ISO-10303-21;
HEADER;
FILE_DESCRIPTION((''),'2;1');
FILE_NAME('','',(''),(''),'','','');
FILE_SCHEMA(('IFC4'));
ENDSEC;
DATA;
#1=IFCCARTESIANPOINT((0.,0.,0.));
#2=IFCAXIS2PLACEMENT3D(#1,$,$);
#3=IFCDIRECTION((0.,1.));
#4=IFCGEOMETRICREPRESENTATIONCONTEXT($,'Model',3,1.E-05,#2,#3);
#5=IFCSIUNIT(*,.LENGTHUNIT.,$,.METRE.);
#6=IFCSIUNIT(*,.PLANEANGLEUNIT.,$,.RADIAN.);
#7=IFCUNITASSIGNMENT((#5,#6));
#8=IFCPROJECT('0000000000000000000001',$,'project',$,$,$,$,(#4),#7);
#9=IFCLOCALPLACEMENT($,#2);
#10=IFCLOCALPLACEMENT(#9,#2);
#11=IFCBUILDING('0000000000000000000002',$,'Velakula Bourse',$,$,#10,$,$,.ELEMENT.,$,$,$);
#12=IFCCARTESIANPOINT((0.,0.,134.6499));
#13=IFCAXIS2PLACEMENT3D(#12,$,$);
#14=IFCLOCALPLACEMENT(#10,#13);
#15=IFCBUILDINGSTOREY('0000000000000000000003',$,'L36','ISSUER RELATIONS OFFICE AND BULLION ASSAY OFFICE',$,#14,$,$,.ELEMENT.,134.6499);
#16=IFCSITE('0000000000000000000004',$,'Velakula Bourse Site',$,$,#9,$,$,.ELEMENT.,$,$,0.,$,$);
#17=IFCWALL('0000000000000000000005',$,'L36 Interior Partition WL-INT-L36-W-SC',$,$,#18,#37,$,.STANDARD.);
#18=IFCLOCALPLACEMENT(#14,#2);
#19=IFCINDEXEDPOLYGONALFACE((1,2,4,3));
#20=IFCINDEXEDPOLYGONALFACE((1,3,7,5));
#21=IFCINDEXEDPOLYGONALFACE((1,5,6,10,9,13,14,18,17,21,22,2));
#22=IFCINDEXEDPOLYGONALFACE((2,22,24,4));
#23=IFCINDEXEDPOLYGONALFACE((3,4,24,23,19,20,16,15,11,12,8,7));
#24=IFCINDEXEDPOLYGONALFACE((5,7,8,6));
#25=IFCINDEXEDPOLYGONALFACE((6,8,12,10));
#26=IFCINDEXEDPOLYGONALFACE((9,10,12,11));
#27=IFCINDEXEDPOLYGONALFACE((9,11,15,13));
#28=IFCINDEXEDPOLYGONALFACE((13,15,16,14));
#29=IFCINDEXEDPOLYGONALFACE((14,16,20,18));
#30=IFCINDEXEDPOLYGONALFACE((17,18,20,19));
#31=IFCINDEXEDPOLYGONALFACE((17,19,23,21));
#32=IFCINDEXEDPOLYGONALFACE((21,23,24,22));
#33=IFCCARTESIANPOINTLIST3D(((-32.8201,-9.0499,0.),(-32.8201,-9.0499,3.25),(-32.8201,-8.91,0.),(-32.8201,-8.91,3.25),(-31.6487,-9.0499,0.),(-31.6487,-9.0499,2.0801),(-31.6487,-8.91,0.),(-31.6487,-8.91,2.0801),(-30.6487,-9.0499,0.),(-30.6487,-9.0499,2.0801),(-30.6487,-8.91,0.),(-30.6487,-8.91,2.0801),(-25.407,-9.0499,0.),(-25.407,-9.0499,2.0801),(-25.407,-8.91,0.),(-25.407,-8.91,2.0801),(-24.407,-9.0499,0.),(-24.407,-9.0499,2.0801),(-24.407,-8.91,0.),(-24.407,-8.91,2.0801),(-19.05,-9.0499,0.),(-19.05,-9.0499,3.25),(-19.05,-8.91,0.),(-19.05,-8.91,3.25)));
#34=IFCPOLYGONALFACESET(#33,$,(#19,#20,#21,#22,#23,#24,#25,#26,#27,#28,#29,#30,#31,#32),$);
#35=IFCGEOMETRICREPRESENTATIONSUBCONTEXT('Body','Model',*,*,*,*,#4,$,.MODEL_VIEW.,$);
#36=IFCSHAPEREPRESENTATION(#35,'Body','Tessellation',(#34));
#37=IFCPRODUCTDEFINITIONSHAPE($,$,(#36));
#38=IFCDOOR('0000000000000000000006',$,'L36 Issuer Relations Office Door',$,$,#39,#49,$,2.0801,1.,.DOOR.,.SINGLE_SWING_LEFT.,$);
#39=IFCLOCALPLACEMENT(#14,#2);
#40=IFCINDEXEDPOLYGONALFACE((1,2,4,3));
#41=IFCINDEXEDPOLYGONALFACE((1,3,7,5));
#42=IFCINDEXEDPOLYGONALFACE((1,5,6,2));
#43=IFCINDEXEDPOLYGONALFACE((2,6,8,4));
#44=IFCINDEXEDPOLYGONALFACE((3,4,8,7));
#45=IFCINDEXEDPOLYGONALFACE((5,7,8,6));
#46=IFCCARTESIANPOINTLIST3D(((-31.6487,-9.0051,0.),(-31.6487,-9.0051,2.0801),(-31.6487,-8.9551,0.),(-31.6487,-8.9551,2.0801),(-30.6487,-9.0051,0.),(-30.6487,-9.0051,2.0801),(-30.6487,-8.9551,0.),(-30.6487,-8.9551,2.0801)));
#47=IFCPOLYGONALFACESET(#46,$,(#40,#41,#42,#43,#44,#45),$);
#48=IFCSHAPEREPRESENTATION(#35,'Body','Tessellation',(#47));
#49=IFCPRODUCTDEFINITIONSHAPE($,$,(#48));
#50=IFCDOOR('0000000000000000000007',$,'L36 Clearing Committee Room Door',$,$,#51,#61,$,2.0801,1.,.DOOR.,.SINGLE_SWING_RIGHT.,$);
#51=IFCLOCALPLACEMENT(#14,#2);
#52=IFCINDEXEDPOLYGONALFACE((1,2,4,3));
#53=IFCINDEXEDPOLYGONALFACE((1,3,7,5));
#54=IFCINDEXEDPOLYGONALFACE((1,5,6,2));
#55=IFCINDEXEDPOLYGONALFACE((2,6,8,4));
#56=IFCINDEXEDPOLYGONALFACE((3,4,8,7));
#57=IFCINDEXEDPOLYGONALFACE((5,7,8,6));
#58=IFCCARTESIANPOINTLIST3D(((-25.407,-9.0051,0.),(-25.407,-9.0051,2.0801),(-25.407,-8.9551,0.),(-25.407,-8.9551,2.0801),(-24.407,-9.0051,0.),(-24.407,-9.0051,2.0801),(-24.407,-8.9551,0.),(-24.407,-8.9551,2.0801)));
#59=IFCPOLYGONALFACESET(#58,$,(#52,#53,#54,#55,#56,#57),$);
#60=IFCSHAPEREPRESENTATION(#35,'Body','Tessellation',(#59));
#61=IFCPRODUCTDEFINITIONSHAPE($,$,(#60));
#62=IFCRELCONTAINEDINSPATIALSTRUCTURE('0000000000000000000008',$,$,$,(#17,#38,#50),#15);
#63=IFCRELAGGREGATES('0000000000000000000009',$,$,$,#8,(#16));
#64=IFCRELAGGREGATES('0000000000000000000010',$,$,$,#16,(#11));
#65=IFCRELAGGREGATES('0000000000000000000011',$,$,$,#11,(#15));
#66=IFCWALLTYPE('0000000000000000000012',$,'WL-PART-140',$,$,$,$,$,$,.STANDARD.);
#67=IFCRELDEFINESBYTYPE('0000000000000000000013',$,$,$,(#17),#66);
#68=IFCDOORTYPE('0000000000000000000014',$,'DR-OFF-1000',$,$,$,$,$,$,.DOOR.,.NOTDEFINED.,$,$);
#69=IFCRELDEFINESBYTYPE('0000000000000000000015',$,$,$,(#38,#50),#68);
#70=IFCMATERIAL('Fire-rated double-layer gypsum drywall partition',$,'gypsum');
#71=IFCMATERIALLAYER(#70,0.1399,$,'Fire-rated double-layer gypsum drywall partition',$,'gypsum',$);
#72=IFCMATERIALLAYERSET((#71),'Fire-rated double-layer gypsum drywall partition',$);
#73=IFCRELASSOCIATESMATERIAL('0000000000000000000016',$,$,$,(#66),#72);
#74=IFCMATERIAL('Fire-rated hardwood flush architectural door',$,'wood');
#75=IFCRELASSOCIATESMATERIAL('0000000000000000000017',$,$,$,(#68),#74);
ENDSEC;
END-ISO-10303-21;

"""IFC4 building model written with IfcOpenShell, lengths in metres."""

from ifc_helpers import new_model, si_unit, direction, frame, frame_2d, origin, place, context, subcontext, project, spatial, rectangle, extrude, material, layer, layer_set, type_object, element, fill, save


model = new_model("IFC4")

# Units and contexts
model_context = context("Model", 3, precision=1e-05, world=origin(), true_north=direction((0.0, 1.0)))
body_context = subcontext(model_context, "Body", "Model", "MODEL_VIEW")
ifc_project = project(units=[si_unit("LENGTHUNIT", "METRE"), si_unit("PLANEANGLEUNIT", "RADIAN")], contexts=[model_context])

# Site, building, storey
site_placement = place(None, origin())
site = spatial("IfcSite", under=ifc_project, at=site_placement, Name="Velakula Bourse Site", CompositionType="ELEMENT", RefElevation=0.0)
building_placement = place(site_placement, origin())
building = spatial("IfcBuilding", under=site, at=building_placement, Name="Velakula Bourse", CompositionType="ELEMENT")
storey_placement = place(building_placement, frame((0.0, 0.0, 134.6499)))
storey = spatial("IfcBuildingStorey", under=building, at=storey_placement, Name="L36", Description="ISSUER RELATIONS OFFICE AND BULLION ASSAY OFFICE", CompositionType="ELEMENT", Elevation=134.6499)

# Shared definitions
ifc_material_1 = material(Name="Fire-rated double-layer gypsum drywall partition", Category="gypsum")

# Wall, openings, doors
ifc_layer_1 = layer(ifc_material_1, 0.1399, Name="Fire-rated double-layer gypsum drywall partition", Category="gypsum")
ifc_layer_set_1 = layer_set([ifc_layer_1], Name="Fire-rated double-layer gypsum drywall partition")
wall_type_1 = type_object("IfcWallType", Name="WL-PART-140", PredefinedType="STANDARD", material=ifc_layer_set_1)
ifc_material_2 = material(Name="Fire-rated hardwood flush architectural door", Category="wood")
door_type_1 = type_object("IfcDoorType", Name="DR-OFF-1000", OperationType="NOTDEFINED", PredefinedType="DOOR", material=ifc_material_2)
wall_1_placement = place(storey_placement, frame((-32.8201, -8.98, 0.0), z_axis=(0.0, 0.0, 1.0), x_axis=(1.0, 0.0, 0.0)))
wall_1 = element("IfcWall", 1, at=wall_1_placement, inside=storey, type_object=wall_type_1, Name="L36 Interior Partition WL-INT-L36-W-SC", PredefinedType="STANDARD", context=body_context, shape_type="SweptSolid", body=[
    extrude(rectangle(XDim=13.77, YDim=0.1399, at=frame_2d((6.885, 0.0))), origin(), (0.0, 0.0, 1.0), 3.25),
])
opening_1_placement = place(wall_1_placement, frame((1.1714, 0.0, 0.0)))
opening_1 = element("IfcOpeningElement", 2, at=opening_1_placement, cuts=wall_1, PredefinedType="OPENING", context=body_context, shape_type="SweptSolid", body=[
    extrude(rectangle(XDim=1.0, YDim=2.0801, at=frame_2d((0.5, 1.04))), frame((0.0, 0.0798, 0.0), z_axis=(0.0, -1.0, 0.0), x_axis=(1.0, 0.0, 0.0)), (0.0, 0.0, 1.0), 0.1599),
])
opening_2_placement = place(wall_1_placement, frame((7.4131, 0.0, 0.0)))
opening_2 = element("IfcOpeningElement", 3, at=opening_2_placement, cuts=wall_1, PredefinedType="OPENING", context=body_context, shape_type="SweptSolid", body=[
    extrude(rectangle(XDim=1.0, YDim=2.0801, at=frame_2d((0.5, 1.04))), frame((0.0, 0.0798, 0.0), z_axis=(0.0, -1.0, 0.0), x_axis=(1.0, 0.0, 0.0)), (0.0, 0.0, 1.0), 0.1599),
])
door_1_placement = place(opening_1_placement, origin())
door_1 = element("IfcDoor", 4, at=door_1_placement, inside=storey, type_object=door_type_1, Name="L36 Issuer Relations Office Door", OperationType="SINGLE_SWING_LEFT", OverallHeight=2.0801, OverallWidth=1.0, PredefinedType="DOOR", context=body_context, shape_type="SweptSolid", body=[
    extrude(rectangle(XDim=1.0, YDim=2.0801, at=frame_2d((0.5, 1.04))), frame((0.0, 0.0249, 0.0), z_axis=(0.0, -1.0, 0.0), x_axis=(1.0, 0.0, 0.0)), (0.0, 0.0, 1.0), 0.05),
])
fill(opening_1, door_1)
door_2_placement = place(opening_2_placement, origin())
door_2 = element("IfcDoor", 5, at=door_2_placement, inside=storey, type_object=door_type_1, Name="L36 Clearing Committee Room Door", OperationType="SINGLE_SWING_RIGHT", OverallHeight=2.0801, OverallWidth=1.0, PredefinedType="DOOR", context=body_context, shape_type="SweptSolid", body=[
    extrude(rectangle(XDim=1.0, YDim=2.0801, at=frame_2d((0.5, 1.04))), frame((0.0, 0.0249, 0.0), z_axis=(0.0, -1.0, 0.0), x_axis=(1.0, 0.0, 0.0)), (0.0, 0.0, 1.0), 0.05),
])
fill(opening_2, door_2)

save(model, "model.ifc")
